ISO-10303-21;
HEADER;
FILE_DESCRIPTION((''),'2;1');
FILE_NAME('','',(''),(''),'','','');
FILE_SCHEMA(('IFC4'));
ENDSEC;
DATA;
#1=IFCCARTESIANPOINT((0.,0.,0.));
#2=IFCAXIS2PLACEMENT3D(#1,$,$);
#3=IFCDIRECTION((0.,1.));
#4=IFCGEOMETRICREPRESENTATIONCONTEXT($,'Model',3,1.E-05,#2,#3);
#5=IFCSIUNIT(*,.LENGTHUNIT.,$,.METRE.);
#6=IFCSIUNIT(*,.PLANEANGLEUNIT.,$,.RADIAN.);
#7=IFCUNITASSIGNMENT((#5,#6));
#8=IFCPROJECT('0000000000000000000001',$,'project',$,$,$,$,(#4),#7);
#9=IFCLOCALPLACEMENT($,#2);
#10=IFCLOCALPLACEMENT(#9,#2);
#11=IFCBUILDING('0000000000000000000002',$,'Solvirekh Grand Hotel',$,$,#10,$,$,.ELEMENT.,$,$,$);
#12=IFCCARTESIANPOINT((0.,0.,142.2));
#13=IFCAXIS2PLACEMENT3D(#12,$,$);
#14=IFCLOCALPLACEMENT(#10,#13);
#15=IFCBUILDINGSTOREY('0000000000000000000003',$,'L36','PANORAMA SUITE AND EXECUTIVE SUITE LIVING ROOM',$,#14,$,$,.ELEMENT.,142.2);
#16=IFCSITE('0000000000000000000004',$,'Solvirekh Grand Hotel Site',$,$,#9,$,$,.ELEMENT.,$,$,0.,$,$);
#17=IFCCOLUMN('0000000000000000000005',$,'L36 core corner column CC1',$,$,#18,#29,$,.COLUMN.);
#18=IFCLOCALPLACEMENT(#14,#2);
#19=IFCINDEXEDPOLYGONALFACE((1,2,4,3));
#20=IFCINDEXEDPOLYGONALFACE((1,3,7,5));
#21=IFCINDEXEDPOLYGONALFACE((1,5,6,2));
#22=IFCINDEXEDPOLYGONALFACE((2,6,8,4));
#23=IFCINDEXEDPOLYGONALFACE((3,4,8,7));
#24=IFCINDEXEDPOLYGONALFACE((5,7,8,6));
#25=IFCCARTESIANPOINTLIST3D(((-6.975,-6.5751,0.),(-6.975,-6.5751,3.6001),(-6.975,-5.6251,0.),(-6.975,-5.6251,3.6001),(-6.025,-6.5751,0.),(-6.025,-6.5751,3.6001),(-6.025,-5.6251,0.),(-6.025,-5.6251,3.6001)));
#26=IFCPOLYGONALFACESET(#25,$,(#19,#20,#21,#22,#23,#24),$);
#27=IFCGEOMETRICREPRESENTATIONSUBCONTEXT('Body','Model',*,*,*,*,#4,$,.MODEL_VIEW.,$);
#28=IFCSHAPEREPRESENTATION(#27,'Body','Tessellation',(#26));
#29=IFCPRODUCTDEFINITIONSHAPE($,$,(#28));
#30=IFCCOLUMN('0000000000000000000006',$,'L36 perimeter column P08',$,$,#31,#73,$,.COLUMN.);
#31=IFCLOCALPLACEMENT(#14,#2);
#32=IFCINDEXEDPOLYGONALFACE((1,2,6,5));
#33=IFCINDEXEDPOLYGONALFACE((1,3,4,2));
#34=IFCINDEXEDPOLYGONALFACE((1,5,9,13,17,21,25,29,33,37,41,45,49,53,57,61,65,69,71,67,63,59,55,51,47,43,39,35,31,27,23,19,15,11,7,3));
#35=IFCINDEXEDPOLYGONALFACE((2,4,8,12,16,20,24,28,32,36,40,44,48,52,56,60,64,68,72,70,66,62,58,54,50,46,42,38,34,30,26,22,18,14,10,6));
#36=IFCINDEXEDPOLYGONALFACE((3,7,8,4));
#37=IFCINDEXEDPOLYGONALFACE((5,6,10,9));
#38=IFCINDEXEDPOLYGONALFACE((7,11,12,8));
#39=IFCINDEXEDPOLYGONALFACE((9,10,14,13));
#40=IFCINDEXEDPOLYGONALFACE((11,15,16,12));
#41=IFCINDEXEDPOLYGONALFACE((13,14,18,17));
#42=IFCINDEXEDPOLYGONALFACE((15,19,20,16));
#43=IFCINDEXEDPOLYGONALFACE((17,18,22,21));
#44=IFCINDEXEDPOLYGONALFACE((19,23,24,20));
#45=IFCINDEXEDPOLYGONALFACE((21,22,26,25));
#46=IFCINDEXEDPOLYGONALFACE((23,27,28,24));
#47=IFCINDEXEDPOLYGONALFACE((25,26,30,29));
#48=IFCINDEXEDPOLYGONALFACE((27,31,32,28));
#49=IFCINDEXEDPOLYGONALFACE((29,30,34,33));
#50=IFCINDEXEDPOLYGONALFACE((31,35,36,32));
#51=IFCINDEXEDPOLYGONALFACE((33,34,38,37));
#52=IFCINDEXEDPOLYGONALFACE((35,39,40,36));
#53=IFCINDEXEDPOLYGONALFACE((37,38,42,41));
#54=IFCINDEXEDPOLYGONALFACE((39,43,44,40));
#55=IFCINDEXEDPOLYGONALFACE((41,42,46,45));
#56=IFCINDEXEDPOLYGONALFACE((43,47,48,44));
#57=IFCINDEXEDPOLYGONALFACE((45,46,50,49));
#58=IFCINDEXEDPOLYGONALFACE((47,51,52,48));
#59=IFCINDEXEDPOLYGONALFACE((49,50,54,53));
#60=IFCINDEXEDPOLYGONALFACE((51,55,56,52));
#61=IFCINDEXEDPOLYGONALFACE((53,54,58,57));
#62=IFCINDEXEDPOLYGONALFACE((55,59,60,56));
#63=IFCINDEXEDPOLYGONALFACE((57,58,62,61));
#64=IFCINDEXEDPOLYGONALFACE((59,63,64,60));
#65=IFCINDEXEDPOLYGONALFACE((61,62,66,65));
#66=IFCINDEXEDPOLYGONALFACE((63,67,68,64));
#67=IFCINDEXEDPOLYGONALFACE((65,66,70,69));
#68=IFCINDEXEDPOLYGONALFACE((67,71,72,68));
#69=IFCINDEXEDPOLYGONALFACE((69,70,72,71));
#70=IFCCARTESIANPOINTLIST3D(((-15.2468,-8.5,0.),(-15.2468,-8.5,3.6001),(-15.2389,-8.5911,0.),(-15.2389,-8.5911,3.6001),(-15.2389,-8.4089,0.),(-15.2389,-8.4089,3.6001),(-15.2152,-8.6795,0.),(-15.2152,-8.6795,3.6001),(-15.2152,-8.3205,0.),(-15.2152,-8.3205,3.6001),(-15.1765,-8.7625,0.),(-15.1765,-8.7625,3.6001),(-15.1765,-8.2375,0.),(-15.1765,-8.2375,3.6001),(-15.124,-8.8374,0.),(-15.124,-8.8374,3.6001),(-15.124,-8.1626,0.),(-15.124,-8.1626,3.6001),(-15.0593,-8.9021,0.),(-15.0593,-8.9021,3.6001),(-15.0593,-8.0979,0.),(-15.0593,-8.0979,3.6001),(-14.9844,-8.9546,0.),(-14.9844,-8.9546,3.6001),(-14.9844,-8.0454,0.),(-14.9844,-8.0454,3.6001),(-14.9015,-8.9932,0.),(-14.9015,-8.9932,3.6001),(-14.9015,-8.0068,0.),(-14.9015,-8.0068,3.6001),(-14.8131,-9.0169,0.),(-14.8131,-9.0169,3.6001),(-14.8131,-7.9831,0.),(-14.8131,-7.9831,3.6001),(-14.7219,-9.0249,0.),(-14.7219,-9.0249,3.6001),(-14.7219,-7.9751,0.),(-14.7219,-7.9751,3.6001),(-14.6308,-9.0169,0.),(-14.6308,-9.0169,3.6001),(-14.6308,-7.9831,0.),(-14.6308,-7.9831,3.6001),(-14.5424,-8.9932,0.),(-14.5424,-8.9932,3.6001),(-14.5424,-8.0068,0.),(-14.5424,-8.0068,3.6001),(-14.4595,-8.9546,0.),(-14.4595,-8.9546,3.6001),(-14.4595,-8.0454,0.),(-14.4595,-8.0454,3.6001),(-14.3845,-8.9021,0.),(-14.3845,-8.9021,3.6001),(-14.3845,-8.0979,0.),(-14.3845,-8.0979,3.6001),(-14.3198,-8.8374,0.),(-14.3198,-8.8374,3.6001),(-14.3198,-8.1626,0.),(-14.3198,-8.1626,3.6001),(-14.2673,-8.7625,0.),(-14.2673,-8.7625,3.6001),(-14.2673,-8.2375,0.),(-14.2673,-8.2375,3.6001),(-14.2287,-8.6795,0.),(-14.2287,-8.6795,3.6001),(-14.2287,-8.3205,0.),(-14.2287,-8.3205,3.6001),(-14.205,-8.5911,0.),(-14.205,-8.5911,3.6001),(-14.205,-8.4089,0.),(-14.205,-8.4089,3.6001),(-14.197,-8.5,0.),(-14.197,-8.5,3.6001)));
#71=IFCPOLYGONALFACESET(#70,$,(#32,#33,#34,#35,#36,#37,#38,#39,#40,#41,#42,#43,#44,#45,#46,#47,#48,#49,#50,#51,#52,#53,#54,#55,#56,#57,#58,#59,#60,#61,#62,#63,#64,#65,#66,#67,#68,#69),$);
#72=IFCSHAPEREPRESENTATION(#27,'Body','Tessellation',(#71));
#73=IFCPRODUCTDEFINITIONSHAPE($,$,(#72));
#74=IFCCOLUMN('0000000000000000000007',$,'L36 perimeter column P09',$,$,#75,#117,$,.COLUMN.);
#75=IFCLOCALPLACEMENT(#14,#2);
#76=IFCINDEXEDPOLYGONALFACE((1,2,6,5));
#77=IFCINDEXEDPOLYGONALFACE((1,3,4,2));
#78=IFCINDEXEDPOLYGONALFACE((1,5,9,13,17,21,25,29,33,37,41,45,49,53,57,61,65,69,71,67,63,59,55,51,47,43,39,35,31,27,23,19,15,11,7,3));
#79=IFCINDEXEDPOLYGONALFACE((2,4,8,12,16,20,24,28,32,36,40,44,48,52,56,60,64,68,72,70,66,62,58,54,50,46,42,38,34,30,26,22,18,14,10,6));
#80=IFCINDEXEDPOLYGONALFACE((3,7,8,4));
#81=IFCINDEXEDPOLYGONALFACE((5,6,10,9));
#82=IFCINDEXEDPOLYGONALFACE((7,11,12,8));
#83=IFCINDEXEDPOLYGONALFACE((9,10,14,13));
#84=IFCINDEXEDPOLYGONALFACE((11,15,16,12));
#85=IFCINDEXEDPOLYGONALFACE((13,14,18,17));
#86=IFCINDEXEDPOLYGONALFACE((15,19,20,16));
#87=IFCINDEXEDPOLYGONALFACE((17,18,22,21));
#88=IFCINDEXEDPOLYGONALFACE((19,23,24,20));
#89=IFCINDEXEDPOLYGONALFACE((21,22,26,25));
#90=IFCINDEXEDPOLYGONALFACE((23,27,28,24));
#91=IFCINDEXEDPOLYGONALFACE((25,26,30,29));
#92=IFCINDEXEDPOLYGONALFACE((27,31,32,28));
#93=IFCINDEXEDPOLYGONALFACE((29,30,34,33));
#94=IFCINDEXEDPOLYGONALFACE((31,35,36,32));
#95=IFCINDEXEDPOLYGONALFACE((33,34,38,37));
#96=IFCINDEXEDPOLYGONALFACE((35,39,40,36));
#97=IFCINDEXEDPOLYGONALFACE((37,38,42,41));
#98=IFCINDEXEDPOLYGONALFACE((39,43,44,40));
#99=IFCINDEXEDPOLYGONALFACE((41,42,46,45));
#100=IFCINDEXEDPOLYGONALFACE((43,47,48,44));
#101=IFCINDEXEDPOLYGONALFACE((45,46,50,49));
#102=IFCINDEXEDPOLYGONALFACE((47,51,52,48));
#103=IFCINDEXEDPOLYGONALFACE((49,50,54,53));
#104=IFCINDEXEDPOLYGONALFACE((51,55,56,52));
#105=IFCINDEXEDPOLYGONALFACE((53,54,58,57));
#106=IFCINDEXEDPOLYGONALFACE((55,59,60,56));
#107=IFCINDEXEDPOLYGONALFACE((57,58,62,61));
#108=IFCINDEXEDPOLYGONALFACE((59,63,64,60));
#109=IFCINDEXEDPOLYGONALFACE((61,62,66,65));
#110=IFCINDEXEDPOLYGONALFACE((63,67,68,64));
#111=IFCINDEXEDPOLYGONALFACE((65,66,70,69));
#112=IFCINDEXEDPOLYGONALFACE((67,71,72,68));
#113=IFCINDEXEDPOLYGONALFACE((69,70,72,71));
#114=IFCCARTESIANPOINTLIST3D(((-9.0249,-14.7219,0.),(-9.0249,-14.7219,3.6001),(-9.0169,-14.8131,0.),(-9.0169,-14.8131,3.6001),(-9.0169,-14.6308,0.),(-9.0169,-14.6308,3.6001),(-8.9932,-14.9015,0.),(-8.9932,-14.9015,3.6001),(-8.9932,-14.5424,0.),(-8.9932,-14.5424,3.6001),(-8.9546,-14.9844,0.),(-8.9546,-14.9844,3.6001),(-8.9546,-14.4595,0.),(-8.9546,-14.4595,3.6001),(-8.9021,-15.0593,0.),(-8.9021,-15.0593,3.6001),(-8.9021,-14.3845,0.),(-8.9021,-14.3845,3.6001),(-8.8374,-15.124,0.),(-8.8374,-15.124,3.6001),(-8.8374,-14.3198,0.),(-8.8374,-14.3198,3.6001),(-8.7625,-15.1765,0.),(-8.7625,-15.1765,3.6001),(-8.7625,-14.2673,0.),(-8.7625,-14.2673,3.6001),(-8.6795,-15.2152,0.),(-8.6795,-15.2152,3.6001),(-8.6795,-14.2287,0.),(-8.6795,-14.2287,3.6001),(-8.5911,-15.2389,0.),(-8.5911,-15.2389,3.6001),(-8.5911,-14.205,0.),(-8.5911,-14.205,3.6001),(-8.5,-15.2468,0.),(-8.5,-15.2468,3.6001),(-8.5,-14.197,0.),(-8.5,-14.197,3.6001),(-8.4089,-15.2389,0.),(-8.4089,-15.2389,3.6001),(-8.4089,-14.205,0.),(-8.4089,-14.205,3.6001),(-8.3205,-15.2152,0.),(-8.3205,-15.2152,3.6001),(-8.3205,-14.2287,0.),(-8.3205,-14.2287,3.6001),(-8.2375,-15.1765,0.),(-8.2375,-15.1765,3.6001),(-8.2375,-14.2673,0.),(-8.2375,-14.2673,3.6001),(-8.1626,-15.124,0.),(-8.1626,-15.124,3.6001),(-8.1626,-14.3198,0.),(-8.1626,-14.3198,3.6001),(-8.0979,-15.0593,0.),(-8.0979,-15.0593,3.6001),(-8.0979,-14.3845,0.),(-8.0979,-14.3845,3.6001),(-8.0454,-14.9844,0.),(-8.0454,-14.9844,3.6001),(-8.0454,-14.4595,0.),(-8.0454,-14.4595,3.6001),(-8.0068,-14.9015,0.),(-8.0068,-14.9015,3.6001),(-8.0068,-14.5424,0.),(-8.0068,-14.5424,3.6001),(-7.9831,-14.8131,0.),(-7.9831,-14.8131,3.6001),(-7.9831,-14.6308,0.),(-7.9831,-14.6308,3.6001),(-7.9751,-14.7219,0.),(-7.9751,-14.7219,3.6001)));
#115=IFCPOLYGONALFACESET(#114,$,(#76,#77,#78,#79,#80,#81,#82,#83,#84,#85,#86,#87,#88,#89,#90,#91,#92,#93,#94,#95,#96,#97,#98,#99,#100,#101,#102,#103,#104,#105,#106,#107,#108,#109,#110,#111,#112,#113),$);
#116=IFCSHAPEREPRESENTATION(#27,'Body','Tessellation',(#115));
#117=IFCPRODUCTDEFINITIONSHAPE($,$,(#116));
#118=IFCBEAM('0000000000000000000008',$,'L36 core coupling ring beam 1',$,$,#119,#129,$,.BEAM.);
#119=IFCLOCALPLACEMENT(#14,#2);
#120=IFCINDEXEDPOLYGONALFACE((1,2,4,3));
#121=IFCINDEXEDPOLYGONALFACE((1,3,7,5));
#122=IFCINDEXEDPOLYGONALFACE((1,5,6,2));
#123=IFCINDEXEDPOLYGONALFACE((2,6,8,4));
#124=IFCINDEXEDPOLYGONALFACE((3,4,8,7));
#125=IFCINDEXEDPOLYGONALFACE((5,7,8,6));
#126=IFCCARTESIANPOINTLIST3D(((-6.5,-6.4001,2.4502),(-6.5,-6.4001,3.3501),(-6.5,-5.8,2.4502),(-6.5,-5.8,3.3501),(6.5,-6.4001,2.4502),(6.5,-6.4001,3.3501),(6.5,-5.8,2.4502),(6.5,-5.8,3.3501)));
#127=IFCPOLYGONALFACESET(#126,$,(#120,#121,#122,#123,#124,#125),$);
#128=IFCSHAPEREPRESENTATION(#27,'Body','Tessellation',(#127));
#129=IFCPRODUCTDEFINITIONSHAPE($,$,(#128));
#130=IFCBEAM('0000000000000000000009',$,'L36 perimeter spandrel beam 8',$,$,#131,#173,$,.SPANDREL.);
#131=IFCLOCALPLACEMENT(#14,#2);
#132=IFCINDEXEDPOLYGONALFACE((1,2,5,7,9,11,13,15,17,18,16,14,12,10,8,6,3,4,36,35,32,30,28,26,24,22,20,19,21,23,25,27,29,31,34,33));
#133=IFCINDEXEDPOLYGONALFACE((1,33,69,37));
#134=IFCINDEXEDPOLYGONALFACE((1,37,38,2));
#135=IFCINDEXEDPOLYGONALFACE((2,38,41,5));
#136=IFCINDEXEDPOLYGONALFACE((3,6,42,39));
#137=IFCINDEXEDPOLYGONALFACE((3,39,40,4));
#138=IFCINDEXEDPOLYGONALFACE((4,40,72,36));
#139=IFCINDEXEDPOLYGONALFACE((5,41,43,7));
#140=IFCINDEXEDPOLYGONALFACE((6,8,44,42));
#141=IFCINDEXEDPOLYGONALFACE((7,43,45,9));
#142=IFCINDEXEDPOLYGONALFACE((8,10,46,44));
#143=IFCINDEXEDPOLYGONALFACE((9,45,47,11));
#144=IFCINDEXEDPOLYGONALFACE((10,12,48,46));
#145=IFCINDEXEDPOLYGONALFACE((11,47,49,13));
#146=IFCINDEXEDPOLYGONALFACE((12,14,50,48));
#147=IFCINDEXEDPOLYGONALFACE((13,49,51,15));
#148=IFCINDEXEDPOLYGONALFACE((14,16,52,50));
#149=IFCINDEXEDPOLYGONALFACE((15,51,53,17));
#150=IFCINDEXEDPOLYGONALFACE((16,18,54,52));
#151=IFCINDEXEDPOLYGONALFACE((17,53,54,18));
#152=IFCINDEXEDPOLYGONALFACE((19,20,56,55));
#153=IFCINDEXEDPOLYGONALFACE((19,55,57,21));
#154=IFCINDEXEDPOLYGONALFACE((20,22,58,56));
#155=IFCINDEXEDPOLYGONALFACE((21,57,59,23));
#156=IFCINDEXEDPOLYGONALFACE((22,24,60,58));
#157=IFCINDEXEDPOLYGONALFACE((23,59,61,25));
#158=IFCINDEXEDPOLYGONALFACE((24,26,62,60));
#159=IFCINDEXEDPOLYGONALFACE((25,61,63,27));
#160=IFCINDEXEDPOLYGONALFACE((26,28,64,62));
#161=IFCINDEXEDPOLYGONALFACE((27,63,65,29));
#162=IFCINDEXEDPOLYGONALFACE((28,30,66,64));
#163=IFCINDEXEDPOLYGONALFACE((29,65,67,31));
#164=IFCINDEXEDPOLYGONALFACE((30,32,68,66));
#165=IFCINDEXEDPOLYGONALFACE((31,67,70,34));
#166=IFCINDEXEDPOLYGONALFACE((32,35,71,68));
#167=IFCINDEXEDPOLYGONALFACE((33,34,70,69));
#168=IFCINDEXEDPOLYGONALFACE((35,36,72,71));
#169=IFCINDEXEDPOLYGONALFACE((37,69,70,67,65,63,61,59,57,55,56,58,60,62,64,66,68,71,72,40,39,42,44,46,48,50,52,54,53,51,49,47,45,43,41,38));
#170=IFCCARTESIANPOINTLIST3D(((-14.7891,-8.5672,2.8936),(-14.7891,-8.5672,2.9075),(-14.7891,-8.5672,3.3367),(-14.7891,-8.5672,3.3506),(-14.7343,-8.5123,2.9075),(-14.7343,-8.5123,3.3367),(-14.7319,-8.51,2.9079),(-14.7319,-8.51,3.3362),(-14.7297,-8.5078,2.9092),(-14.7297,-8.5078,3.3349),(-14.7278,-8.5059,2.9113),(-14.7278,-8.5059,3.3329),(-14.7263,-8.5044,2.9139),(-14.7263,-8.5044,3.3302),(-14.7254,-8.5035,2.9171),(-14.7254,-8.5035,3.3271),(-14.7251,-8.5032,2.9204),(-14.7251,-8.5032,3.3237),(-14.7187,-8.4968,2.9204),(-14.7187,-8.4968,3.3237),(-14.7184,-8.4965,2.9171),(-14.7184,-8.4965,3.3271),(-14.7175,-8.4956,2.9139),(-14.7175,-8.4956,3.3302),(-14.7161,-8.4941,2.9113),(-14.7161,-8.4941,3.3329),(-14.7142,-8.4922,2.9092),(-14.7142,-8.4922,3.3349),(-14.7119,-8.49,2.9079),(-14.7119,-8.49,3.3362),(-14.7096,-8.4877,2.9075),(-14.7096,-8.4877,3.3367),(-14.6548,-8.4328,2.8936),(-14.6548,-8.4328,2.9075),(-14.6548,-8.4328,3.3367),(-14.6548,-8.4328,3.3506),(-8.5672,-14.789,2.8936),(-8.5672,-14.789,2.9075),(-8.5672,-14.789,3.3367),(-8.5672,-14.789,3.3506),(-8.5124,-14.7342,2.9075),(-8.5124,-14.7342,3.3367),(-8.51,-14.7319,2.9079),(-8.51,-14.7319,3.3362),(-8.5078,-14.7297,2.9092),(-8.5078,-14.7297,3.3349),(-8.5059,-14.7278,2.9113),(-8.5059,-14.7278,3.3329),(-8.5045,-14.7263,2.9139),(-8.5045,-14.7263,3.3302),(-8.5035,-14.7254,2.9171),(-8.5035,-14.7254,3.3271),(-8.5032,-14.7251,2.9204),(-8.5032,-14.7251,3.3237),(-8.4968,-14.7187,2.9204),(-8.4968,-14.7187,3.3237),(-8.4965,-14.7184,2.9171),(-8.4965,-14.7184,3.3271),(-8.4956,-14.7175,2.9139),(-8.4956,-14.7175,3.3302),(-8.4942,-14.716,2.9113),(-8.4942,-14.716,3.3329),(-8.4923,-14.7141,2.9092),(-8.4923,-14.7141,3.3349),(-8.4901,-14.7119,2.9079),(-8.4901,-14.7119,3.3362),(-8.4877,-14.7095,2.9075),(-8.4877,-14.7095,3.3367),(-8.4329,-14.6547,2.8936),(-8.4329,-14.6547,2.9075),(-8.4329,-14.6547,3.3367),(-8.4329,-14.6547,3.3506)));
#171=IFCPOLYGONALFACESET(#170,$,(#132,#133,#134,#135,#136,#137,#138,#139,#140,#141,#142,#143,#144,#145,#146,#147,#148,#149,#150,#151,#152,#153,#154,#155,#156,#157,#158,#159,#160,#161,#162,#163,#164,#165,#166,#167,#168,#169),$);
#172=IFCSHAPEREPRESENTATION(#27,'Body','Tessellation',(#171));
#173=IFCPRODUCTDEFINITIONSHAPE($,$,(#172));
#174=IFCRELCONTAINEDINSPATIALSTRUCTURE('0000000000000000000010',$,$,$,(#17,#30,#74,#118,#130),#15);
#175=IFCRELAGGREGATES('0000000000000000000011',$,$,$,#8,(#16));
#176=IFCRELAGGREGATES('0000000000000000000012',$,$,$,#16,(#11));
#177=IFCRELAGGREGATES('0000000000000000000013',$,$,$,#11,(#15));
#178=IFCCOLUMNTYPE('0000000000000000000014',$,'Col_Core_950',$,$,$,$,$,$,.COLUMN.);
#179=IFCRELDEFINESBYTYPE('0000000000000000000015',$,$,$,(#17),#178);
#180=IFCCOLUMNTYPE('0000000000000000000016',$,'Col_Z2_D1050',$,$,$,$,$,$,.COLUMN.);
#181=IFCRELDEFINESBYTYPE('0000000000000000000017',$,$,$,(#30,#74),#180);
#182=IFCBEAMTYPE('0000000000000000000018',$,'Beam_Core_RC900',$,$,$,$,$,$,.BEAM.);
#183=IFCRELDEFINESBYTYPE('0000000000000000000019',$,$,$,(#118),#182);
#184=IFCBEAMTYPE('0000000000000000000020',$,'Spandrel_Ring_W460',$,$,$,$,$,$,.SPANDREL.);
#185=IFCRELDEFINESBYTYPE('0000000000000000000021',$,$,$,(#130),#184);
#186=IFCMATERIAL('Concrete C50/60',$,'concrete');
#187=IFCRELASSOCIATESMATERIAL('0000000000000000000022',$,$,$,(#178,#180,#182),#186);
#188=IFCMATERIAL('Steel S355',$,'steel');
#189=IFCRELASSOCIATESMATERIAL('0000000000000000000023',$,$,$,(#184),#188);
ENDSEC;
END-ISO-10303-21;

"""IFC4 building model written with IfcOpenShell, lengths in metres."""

from ifc_helpers import new_model, si_unit, direction, frame, origin, origin_2d, place, context, subcontext, project, spatial, rectangle, circle, i_section, extrude, material, material_profile, profile_set, type_object, element, save


model = new_model("IFC4")

# Units and contexts
model_context = context("Model", 3, precision=1e-05, world=origin(), true_north=direction((0.0, 1.0)))
body_context = subcontext(model_context, "Body", "Model", "MODEL_VIEW")
ifc_project = project(units=[si_unit("LENGTHUNIT", "METRE"), si_unit("PLANEANGLEUNIT", "RADIAN")], contexts=[model_context])

# Site, building, storey
site_placement = place(None, origin())
site = spatial("IfcSite", under=ifc_project, at=site_placement, Name="Solvirekh Grand Hotel Site", CompositionType="ELEMENT", RefElevation=0.0)
building_placement = place(site_placement, origin())
building = spatial("IfcBuilding", under=site, at=building_placement, Name="Solvirekh Grand Hotel", CompositionType="ELEMENT")
storey_placement = place(building_placement, frame((0.0, 0.0, 142.2)))
storey = spatial("IfcBuildingStorey", under=building, at=storey_placement, Name="L36", Description="PANORAMA SUITE AND EXECUTIVE SUITE LIVING ROOM", CompositionType="ELEMENT", Elevation=142.2)

# Columns
ifc_material_1 = material(Name="Concrete C50/60", Category="concrete")
ifc_material_profile_1 = material_profile(ifc_material_1, rectangle(XDim=0.95, YDim=0.95, at=origin_2d()), Name="RC 950X950")
ifc_profile_set_1 = profile_set([ifc_material_profile_1], Name="Concrete C50/60")
column_type_1 = type_object("IfcColumnType", Name="Col_Core_950", PredefinedType="COLUMN", material=ifc_profile_set_1)
column_placement = place(storey_placement, frame((-6.5, -6.1001, 0.0), z_axis=(0.0, 0.0, 1.0), x_axis=(1.0, 0.0, 0.0)))
element("IfcColumn", 1, at=column_placement, inside=storey, type_object=column_type_1, Name="L36 core corner column CC1", PredefinedType="COLUMN", context=body_context, shape_type="SweptSolid", body=[
    extrude(rectangle(XDim=0.95, YDim=0.95, at=origin_2d()), origin(), (0.0, 0.0, 1.0), 3.6001),
])
ifc_material_profile_2 = material_profile(ifc_material_1, circle(Radius=0.5249, at=origin_2d()), Name="RC CIRC D1050")
ifc_profile_set_2 = profile_set([ifc_material_profile_2], Name="Concrete C50/60")
column_type_2 = type_object("IfcColumnType", Name="Col_Z2_D1050", PredefinedType="COLUMN", material=ifc_profile_set_2)
for number, where, z_axis, x_axis, name in (
    (2, (-14.7219, -8.5, 0.0), (0.0, 0.0, 1.0), (1.0, 0.0, 0.0), "L36 perimeter column P08"),
    (3, (-8.5, -14.7219, 0.0), (0.0, 0.0, 1.0), (1.0, 0.0, 0.0), "L36 perimeter column P09"),
):
    element("IfcColumn", number, at=place(storey_placement, frame(where, z_axis=z_axis, x_axis=x_axis)), inside=storey, type_object=column_type_2, Name=name, PredefinedType="COLUMN", context=body_context, shape_type="SweptSolid", body=[
        extrude(circle(Radius=0.5249, at=origin_2d()), origin(), (0.0, 0.0, 1.0), 3.6001),
    ])

# Beams
ifc_material_profile_3 = material_profile(ifc_material_1, rectangle(XDim=0.6001, YDim=0.8999, at=origin_2d()), Name="RC BEAM 600X900")
ifc_profile_set_3 = profile_set([ifc_material_profile_3], Name="Concrete C50/60")
beam_type_1 = type_object("IfcBeamType", Name="Beam_Core_RC900", PredefinedType="BEAM", material=ifc_profile_set_3)
beam_1_placement = place(storey_placement, frame((-6.5, -6.1001, 2.9001), z_axis=(1.0, 0.0, 0.0), x_axis=(0.0, 1.0, 0.0)))
element("IfcBeam", 4, at=beam_1_placement, inside=storey, type_object=beam_type_1, Name="L36 core coupling ring beam 1", PredefinedType="BEAM", context=body_context, shape_type="SweptSolid", body=[
    extrude(rectangle(XDim=0.6001, YDim=0.8999, at=origin_2d()), origin(), (0.0, 0.0, 1.0), 13.0),
])
ifc_material_2 = material(Name="Steel S355", Category="steel")
ifc_material_profile_4 = material_profile(ifc_material_2, i_section(OverallWidth=0.1899, OverallDepth=0.457, WebThickness=0.009, FlangeThickness=0.0139, FilletRadius=0.0129, at=origin_2d()), Name="W460X74")
ifc_profile_set_4 = profile_set([ifc_material_profile_4], Name="Steel S355")
beam_type_2 = type_object("IfcBeamType", Name="Spandrel_Ring_W460", PredefinedType="SPANDREL", material=ifc_profile_set_4)
beam_2_placement = place(storey_placement, frame((-14.7219, -8.5, 3.1221), z_axis=(0.707107, -0.707107, 0.0), x_axis=(0.707107, 0.707107, 0.0)))
element("IfcBeam", 5, at=beam_2_placement, inside=storey, type_object=beam_type_2, Name="L36 perimeter spandrel beam 8", PredefinedType="SPANDREL", context=body_context, shape_type="SweptSolid", body=[
    extrude(i_section(OverallWidth=0.1899, OverallDepth=0.457, WebThickness=0.009, FlangeThickness=0.0139, FilletRadius=0.0129, at=origin_2d()), origin(), (0.0, 0.0, 1.0), 8.7991),
])

save(model, "model.ifc")
